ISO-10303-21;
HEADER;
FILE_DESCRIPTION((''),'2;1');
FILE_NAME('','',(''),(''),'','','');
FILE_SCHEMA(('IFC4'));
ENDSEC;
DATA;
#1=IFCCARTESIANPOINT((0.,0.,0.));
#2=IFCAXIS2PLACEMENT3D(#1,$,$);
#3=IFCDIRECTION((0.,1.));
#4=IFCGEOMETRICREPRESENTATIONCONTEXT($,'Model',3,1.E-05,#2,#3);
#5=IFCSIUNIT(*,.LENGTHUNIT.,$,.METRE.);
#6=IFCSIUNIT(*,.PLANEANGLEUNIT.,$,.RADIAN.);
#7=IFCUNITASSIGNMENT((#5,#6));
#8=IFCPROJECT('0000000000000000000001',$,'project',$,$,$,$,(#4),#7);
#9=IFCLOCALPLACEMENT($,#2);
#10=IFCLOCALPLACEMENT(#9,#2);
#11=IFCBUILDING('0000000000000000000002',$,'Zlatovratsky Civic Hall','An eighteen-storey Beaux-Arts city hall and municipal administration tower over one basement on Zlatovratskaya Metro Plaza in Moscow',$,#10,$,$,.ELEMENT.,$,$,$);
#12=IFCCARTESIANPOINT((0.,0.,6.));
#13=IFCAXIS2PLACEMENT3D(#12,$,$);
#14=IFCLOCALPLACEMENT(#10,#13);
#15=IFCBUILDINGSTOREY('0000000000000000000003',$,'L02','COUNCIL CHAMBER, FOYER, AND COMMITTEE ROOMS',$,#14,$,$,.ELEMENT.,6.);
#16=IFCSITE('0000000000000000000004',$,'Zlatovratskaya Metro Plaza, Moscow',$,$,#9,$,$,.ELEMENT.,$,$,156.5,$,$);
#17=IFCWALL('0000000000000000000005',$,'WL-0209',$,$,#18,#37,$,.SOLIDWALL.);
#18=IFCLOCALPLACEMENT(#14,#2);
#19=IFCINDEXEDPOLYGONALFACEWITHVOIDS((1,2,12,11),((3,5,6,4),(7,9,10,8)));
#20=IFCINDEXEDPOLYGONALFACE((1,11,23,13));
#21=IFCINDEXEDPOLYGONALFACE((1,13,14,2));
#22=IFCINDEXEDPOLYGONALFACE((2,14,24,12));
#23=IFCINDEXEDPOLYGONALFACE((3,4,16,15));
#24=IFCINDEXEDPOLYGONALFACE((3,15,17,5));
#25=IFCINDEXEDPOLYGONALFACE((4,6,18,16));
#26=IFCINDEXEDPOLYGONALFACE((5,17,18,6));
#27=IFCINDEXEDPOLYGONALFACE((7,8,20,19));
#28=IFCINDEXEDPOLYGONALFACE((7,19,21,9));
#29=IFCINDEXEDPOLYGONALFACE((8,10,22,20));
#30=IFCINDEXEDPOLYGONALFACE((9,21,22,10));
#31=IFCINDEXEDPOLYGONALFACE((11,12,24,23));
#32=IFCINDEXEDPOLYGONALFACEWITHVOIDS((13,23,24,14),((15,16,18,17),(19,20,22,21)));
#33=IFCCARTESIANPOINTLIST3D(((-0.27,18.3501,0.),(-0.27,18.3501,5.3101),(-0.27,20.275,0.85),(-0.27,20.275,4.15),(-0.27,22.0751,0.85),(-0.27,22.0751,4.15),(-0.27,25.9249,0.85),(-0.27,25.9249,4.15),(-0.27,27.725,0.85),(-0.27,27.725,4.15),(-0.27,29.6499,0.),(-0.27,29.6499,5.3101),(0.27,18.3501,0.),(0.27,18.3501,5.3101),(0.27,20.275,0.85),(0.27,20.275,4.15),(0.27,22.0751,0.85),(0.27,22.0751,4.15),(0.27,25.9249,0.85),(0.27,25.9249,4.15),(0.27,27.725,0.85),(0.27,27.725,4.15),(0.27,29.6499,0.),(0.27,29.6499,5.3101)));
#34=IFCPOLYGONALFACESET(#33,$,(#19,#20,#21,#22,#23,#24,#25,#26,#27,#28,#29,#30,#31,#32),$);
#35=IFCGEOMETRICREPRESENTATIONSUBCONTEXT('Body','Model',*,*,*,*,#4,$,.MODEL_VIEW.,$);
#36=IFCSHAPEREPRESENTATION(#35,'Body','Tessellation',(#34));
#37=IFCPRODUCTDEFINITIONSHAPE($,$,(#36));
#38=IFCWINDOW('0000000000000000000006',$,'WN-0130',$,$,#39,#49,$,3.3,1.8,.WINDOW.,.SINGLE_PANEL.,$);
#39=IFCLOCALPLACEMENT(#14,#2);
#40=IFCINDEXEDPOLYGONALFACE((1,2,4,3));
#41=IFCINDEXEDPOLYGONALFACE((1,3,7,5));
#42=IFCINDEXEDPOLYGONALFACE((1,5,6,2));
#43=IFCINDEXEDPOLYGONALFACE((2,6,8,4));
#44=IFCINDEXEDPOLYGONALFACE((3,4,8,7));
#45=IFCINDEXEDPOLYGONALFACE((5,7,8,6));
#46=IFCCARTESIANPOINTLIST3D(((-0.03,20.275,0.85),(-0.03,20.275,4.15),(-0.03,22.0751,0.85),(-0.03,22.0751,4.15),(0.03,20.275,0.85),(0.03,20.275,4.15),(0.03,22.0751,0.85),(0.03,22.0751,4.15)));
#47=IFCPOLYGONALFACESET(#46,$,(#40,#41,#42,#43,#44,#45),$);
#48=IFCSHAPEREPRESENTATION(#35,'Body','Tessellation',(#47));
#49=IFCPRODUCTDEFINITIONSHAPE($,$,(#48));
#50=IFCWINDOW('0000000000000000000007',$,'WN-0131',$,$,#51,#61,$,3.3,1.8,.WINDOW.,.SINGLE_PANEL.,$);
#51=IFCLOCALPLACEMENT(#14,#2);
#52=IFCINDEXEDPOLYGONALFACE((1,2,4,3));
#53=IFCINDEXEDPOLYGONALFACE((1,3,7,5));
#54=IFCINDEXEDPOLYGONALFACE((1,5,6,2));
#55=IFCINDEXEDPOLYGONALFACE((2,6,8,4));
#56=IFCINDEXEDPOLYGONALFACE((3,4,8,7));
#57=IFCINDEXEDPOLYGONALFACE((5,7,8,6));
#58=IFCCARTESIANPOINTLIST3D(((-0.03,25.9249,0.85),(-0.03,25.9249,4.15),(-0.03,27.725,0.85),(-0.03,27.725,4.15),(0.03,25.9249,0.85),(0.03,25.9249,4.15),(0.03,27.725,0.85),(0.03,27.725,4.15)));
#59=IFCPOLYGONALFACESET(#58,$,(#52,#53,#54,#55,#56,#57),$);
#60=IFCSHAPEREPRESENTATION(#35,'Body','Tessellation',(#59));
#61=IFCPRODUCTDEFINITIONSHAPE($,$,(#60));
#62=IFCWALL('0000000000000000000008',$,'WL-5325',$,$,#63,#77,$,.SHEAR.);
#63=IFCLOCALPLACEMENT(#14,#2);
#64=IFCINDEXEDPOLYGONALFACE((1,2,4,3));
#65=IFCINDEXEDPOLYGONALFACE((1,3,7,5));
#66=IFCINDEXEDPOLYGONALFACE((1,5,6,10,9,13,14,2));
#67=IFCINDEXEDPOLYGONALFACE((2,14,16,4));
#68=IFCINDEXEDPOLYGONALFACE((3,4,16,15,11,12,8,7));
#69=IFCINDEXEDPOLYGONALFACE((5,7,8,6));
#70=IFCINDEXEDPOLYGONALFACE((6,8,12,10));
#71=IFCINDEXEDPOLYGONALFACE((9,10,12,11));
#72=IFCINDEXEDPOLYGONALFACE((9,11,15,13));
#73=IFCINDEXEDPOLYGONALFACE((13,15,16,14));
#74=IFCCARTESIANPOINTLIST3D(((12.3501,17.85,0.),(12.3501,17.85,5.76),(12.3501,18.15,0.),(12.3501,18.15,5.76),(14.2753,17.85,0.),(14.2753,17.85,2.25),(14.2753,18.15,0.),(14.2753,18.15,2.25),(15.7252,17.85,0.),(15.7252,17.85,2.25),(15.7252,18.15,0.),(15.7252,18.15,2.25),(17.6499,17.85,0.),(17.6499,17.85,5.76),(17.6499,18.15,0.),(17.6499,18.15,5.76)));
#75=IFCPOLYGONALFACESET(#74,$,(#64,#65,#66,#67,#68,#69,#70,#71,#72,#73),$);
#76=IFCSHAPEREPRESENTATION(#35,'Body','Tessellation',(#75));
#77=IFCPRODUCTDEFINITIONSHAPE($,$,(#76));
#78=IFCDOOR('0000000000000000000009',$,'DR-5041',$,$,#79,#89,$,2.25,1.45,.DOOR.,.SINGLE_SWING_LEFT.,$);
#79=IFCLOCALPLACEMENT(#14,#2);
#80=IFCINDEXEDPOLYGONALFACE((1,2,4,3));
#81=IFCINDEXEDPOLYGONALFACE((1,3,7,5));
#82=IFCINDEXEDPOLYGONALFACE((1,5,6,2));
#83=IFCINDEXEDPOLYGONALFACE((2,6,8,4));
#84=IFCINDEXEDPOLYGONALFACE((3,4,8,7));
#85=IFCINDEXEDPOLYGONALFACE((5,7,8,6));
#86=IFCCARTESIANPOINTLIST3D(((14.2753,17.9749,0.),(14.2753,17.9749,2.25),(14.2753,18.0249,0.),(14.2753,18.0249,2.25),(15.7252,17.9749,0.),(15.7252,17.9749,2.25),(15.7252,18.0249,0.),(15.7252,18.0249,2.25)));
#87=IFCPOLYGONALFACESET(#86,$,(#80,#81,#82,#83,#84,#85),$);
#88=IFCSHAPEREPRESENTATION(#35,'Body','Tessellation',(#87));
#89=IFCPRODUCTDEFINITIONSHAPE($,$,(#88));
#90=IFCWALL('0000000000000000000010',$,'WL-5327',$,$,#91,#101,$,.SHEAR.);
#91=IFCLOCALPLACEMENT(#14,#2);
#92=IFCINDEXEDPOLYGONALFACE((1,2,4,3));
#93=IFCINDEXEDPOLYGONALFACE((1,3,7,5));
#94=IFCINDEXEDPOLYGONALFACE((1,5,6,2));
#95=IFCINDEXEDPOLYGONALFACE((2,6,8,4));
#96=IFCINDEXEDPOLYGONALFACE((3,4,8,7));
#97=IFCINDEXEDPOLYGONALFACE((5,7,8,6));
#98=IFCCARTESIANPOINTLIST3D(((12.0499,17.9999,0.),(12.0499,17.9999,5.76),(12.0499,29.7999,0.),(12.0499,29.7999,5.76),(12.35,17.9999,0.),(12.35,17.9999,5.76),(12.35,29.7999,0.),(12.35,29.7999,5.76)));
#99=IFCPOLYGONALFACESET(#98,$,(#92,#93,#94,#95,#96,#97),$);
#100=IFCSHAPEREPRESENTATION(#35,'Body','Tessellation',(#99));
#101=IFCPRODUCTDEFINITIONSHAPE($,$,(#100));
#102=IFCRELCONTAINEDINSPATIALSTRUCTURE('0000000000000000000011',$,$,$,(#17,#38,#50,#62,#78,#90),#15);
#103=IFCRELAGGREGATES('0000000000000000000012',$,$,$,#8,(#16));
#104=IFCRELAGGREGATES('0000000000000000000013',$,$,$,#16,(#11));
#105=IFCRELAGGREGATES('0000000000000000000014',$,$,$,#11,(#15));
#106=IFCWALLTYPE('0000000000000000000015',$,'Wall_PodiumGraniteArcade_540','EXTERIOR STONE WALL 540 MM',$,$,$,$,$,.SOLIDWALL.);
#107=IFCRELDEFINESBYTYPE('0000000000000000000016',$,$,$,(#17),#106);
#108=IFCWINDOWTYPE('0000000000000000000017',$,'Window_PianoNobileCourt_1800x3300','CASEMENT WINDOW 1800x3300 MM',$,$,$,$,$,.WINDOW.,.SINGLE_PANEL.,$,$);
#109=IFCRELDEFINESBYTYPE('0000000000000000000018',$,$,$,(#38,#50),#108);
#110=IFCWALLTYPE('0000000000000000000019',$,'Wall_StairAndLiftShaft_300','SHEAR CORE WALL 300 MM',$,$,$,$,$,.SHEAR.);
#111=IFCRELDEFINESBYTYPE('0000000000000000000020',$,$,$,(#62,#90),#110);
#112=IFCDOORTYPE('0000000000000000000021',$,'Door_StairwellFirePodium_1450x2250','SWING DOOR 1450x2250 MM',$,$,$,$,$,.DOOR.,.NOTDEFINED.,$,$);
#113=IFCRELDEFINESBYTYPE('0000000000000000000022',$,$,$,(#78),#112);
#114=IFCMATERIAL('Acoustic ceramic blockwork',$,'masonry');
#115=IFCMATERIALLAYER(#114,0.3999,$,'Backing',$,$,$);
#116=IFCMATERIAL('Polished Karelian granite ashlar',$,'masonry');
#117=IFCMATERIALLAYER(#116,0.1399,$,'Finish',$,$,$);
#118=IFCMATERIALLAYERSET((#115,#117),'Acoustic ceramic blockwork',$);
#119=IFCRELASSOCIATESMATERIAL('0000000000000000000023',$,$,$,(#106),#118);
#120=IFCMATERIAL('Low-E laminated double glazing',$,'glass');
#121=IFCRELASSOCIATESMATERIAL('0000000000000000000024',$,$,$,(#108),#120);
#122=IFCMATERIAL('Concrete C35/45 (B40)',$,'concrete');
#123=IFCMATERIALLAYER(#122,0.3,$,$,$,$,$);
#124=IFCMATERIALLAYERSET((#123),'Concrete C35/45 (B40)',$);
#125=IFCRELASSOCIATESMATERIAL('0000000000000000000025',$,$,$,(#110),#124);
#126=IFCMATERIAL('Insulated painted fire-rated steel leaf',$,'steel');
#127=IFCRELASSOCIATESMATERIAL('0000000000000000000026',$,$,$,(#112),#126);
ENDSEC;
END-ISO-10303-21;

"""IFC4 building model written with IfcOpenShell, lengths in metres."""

from ifc_helpers import new_model, si_unit, direction, frame, frame_2d, origin, place, context, subcontext, project, spatial, rectangle, extrude, material, layer, layer_set, type_object, element, fill, save


model = new_model("IFC4")

# Units and contexts
model_context = context("Model", 3, precision=1e-05, world=origin(), true_north=direction((0.0, 1.0)))
body_context = subcontext(model_context, "Body", "Model", "MODEL_VIEW")
ifc_project = project(units=[si_unit("LENGTHUNIT", "METRE"), si_unit("PLANEANGLEUNIT", "RADIAN")], contexts=[model_context])

# Site, building, storey
site_placement = place(None, origin())
site = spatial("IfcSite", under=ifc_project, at=site_placement, Name="Zlatovratskaya Metro Plaza, Moscow", CompositionType="ELEMENT", RefElevation=156.5)
building_placement = place(site_placement, origin())
building = spatial("IfcBuilding", under=site, at=building_placement, Name="Zlatovratsky Civic Hall", Description="An eighteen-storey Beaux-Arts city hall and municipal administration tower over one basement on Zlatovratskaya Metro Plaza in Moscow", CompositionType="ELEMENT")
storey_placement = place(building_placement, frame((0.0, 0.0, 6.0)))
storey = spatial("IfcBuildingStorey", under=building, at=storey_placement, Name="L02", Description="COUNCIL CHAMBER, FOYER, AND COMMITTEE ROOMS", CompositionType="ELEMENT", Elevation=6.0)

# Shared definitions
ifc_material_1 = material(Name="Concrete C35/45 (B40)", Category="concrete")

# Shared definitions
ifc_material_2 = material(Name="Acoustic ceramic blockwork", Category="masonry")
ifc_layer_1 = layer(ifc_material_2, 0.3999, Name="Backing")
ifc_material_3 = material(Name="Polished Karelian granite ashlar", Category="masonry")
ifc_layer_2 = layer(ifc_material_3, 0.1399, Name="Finish")
ifc_layer_set_1 = layer_set([ifc_layer_1, ifc_layer_2], Name="Acoustic ceramic blockwork")
wall_type_1 = type_object("IfcWallType", Name="Wall_PodiumGraniteArcade_540", Description="EXTERIOR STONE WALL 540 MM", PredefinedType="SOLIDWALL", material=ifc_layer_set_1)
ifc_material_4 = material(Name="Low-E laminated double glazing", Category="glass")
window_type = type_object("IfcWindowType", Name="Window_PianoNobileCourt_1800x3300", Description="CASEMENT WINDOW 1800x3300 MM", PartitioningType="SINGLE_PANEL", PredefinedType="WINDOW", material=ifc_material_4)

# Wall, openings, windows
wall_1_placement = place(storey_placement, frame((0.0, 18.3501, 0.0), z_axis=(0.0, 0.0, 1.0), x_axis=(0.0, 1.0, 0.0)))
wall_1 = element("IfcWall", 1, at=wall_1_placement, inside=storey, type_object=wall_type_1, Name="WL-0209", PredefinedType="SOLIDWALL", context=body_context, shape_type="SweptSolid", body=[
    extrude(rectangle(XDim=11.2998, YDim=0.54, at=frame_2d((5.6499, 0.0))), origin(), (0.0, 0.0, 1.0), 5.3101),
])
opening_1_placement = place(wall_1_placement, frame((1.925, 0.0, 0.8501)))
opening_1 = element("IfcOpeningElement", 2, at=opening_1_placement, cuts=wall_1, PredefinedType="OPENING", context=body_context, shape_type="SweptSolid", body=[
    extrude(rectangle(XDim=1.8, YDim=3.3, at=frame_2d((0.8999, 1.6499))), frame((0.0, 0.2849, 0.0), z_axis=(0.0, -1.0, 0.0), x_axis=(1.0, 0.0, 0.0)), (0.0, 0.0, 1.0), 0.5698),
])
opening_2_placement = place(wall_1_placement, frame((7.575, 0.0, 0.8501)))
opening_2 = element("IfcOpeningElement", 3, at=opening_2_placement, cuts=wall_1, PredefinedType="OPENING", context=body_context, shape_type="SweptSolid", body=[
    extrude(rectangle(XDim=1.8, YDim=3.3, at=frame_2d((0.8999, 1.6499))), frame((0.0, 0.2849, 0.0), z_axis=(0.0, -1.0, 0.0), x_axis=(1.0, 0.0, 0.0)), (0.0, 0.0, 1.0), 0.5698),
])
window_1_placement = place(opening_1_placement, origin())
window_1 = element("IfcWindow", 4, at=window_1_placement, inside=storey, type_object=window_type, Name="WN-0130", OverallHeight=3.3, OverallWidth=1.8, PartitioningType="SINGLE_PANEL", PredefinedType="WINDOW", context=body_context, shape_type="SweptSolid", body=[
    extrude(rectangle(XDim=1.8, YDim=3.3, at=frame_2d((0.8999, 1.6499))), frame((0.0, 0.03, 0.0), z_axis=(0.0, -1.0, 0.0), x_axis=(1.0, 0.0, 0.0)), (0.0, 0.0, 1.0), 0.0601),
])
fill(opening_1, window_1)
window_2_placement = place(opening_2_placement, origin())
window_2 = element("IfcWindow", 5, at=window_2_placement, inside=storey, type_object=window_type, Name="WN-0131", OverallHeight=3.3, OverallWidth=1.8, PartitioningType="SINGLE_PANEL", PredefinedType="WINDOW", context=body_context, shape_type="SweptSolid", body=[
    extrude(rectangle(XDim=1.8, YDim=3.3, at=frame_2d((0.8999, 1.6499))), frame((0.0, 0.03, 0.0), z_axis=(0.0, -1.0, 0.0), x_axis=(1.0, 0.0, 0.0)), (0.0, 0.0, 1.0), 0.0601),
])
fill(opening_2, window_2)

# Wall, opening, door
ifc_layer_3 = layer(ifc_material_1, 0.3)
ifc_layer_set_2 = layer_set([ifc_layer_3], Name="Concrete C35/45 (B40)")
wall_type_2 = type_object("IfcWallType", Name="Wall_StairAndLiftShaft_300", Description="SHEAR CORE WALL 300 MM", PredefinedType="SHEAR", material=ifc_layer_set_2)
wall_2_placement = place(storey_placement, frame((12.3501, 18.0, 0.0), z_axis=(0.0, 0.0, 1.0), x_axis=(1.0, 0.0, 0.0)))
wall_2 = element("IfcWall", 6, at=wall_2_placement, inside=storey, type_object=wall_type_2, Name="WL-5325", PredefinedType="SHEAR", context=body_context, shape_type="SweptSolid", body=[
    extrude(rectangle(XDim=5.2998, YDim=0.3, at=frame_2d((2.6499, 0.0))), origin(), (0.0, 0.0, 1.0), 5.76),
])
opening_3_placement = place(wall_2_placement, frame((1.925, 0.0, 0.0)))
opening_3 = element("IfcOpeningElement", 7, at=opening_3_placement, cuts=wall_2, PredefinedType="OPENING", context=body_context, shape_type="SweptSolid", body=[
    extrude(rectangle(XDim=1.45, YDim=2.25, at=frame_2d((0.7251, 1.125))), frame((0.0, 0.165, 0.0), z_axis=(0.0, -1.0, 0.0), x_axis=(1.0, 0.0, 0.0)), (0.0, 0.0, 1.0), 0.3298),
])
ifc_material_5 = material(Name="Insulated painted fire-rated steel leaf", Category="steel")
door_type = type_object("IfcDoorType", Name="Door_StairwellFirePodium_1450x2250", Description="SWING DOOR 1450x2250 MM", OperationType="NOTDEFINED", PredefinedType="DOOR", material=ifc_material_5)
door_placement = place(opening_3_placement, origin())
door = element("IfcDoor", 8, at=door_placement, inside=storey, type_object=door_type, Name="DR-5041", OperationType="SINGLE_SWING_LEFT", OverallHeight=2.25, OverallWidth=1.45, PredefinedType="DOOR", context=body_context, shape_type="SweptSolid", body=[
    extrude(rectangle(XDim=1.45, YDim=2.25, at=frame_2d((0.7251, 1.125))), frame((0.0, 0.0249, 0.0), z_axis=(0.0, -1.0, 0.0), x_axis=(1.0, 0.0, 0.0)), (0.0, 0.0, 1.0), 0.05),
])
fill(opening_3, door)

# Wall
wall_3_placement = place(storey_placement, frame((12.2, 18.0, 0.0), z_axis=(0.0, 0.0, 1.0), x_axis=(0.0, 1.0, 0.0)))
element("IfcWall", 9, at=wall_3_placement, inside=storey, type_object=wall_type_2, Name="WL-5327", PredefinedType="SHEAR", context=body_context, shape_type="SweptSolid", body=[
    extrude(rectangle(XDim=11.8, YDim=0.3, at=frame_2d((5.8999, 0.0))), origin(), (0.0, 0.0, 1.0), 5.76),
])

save(model, "model.ifc")
